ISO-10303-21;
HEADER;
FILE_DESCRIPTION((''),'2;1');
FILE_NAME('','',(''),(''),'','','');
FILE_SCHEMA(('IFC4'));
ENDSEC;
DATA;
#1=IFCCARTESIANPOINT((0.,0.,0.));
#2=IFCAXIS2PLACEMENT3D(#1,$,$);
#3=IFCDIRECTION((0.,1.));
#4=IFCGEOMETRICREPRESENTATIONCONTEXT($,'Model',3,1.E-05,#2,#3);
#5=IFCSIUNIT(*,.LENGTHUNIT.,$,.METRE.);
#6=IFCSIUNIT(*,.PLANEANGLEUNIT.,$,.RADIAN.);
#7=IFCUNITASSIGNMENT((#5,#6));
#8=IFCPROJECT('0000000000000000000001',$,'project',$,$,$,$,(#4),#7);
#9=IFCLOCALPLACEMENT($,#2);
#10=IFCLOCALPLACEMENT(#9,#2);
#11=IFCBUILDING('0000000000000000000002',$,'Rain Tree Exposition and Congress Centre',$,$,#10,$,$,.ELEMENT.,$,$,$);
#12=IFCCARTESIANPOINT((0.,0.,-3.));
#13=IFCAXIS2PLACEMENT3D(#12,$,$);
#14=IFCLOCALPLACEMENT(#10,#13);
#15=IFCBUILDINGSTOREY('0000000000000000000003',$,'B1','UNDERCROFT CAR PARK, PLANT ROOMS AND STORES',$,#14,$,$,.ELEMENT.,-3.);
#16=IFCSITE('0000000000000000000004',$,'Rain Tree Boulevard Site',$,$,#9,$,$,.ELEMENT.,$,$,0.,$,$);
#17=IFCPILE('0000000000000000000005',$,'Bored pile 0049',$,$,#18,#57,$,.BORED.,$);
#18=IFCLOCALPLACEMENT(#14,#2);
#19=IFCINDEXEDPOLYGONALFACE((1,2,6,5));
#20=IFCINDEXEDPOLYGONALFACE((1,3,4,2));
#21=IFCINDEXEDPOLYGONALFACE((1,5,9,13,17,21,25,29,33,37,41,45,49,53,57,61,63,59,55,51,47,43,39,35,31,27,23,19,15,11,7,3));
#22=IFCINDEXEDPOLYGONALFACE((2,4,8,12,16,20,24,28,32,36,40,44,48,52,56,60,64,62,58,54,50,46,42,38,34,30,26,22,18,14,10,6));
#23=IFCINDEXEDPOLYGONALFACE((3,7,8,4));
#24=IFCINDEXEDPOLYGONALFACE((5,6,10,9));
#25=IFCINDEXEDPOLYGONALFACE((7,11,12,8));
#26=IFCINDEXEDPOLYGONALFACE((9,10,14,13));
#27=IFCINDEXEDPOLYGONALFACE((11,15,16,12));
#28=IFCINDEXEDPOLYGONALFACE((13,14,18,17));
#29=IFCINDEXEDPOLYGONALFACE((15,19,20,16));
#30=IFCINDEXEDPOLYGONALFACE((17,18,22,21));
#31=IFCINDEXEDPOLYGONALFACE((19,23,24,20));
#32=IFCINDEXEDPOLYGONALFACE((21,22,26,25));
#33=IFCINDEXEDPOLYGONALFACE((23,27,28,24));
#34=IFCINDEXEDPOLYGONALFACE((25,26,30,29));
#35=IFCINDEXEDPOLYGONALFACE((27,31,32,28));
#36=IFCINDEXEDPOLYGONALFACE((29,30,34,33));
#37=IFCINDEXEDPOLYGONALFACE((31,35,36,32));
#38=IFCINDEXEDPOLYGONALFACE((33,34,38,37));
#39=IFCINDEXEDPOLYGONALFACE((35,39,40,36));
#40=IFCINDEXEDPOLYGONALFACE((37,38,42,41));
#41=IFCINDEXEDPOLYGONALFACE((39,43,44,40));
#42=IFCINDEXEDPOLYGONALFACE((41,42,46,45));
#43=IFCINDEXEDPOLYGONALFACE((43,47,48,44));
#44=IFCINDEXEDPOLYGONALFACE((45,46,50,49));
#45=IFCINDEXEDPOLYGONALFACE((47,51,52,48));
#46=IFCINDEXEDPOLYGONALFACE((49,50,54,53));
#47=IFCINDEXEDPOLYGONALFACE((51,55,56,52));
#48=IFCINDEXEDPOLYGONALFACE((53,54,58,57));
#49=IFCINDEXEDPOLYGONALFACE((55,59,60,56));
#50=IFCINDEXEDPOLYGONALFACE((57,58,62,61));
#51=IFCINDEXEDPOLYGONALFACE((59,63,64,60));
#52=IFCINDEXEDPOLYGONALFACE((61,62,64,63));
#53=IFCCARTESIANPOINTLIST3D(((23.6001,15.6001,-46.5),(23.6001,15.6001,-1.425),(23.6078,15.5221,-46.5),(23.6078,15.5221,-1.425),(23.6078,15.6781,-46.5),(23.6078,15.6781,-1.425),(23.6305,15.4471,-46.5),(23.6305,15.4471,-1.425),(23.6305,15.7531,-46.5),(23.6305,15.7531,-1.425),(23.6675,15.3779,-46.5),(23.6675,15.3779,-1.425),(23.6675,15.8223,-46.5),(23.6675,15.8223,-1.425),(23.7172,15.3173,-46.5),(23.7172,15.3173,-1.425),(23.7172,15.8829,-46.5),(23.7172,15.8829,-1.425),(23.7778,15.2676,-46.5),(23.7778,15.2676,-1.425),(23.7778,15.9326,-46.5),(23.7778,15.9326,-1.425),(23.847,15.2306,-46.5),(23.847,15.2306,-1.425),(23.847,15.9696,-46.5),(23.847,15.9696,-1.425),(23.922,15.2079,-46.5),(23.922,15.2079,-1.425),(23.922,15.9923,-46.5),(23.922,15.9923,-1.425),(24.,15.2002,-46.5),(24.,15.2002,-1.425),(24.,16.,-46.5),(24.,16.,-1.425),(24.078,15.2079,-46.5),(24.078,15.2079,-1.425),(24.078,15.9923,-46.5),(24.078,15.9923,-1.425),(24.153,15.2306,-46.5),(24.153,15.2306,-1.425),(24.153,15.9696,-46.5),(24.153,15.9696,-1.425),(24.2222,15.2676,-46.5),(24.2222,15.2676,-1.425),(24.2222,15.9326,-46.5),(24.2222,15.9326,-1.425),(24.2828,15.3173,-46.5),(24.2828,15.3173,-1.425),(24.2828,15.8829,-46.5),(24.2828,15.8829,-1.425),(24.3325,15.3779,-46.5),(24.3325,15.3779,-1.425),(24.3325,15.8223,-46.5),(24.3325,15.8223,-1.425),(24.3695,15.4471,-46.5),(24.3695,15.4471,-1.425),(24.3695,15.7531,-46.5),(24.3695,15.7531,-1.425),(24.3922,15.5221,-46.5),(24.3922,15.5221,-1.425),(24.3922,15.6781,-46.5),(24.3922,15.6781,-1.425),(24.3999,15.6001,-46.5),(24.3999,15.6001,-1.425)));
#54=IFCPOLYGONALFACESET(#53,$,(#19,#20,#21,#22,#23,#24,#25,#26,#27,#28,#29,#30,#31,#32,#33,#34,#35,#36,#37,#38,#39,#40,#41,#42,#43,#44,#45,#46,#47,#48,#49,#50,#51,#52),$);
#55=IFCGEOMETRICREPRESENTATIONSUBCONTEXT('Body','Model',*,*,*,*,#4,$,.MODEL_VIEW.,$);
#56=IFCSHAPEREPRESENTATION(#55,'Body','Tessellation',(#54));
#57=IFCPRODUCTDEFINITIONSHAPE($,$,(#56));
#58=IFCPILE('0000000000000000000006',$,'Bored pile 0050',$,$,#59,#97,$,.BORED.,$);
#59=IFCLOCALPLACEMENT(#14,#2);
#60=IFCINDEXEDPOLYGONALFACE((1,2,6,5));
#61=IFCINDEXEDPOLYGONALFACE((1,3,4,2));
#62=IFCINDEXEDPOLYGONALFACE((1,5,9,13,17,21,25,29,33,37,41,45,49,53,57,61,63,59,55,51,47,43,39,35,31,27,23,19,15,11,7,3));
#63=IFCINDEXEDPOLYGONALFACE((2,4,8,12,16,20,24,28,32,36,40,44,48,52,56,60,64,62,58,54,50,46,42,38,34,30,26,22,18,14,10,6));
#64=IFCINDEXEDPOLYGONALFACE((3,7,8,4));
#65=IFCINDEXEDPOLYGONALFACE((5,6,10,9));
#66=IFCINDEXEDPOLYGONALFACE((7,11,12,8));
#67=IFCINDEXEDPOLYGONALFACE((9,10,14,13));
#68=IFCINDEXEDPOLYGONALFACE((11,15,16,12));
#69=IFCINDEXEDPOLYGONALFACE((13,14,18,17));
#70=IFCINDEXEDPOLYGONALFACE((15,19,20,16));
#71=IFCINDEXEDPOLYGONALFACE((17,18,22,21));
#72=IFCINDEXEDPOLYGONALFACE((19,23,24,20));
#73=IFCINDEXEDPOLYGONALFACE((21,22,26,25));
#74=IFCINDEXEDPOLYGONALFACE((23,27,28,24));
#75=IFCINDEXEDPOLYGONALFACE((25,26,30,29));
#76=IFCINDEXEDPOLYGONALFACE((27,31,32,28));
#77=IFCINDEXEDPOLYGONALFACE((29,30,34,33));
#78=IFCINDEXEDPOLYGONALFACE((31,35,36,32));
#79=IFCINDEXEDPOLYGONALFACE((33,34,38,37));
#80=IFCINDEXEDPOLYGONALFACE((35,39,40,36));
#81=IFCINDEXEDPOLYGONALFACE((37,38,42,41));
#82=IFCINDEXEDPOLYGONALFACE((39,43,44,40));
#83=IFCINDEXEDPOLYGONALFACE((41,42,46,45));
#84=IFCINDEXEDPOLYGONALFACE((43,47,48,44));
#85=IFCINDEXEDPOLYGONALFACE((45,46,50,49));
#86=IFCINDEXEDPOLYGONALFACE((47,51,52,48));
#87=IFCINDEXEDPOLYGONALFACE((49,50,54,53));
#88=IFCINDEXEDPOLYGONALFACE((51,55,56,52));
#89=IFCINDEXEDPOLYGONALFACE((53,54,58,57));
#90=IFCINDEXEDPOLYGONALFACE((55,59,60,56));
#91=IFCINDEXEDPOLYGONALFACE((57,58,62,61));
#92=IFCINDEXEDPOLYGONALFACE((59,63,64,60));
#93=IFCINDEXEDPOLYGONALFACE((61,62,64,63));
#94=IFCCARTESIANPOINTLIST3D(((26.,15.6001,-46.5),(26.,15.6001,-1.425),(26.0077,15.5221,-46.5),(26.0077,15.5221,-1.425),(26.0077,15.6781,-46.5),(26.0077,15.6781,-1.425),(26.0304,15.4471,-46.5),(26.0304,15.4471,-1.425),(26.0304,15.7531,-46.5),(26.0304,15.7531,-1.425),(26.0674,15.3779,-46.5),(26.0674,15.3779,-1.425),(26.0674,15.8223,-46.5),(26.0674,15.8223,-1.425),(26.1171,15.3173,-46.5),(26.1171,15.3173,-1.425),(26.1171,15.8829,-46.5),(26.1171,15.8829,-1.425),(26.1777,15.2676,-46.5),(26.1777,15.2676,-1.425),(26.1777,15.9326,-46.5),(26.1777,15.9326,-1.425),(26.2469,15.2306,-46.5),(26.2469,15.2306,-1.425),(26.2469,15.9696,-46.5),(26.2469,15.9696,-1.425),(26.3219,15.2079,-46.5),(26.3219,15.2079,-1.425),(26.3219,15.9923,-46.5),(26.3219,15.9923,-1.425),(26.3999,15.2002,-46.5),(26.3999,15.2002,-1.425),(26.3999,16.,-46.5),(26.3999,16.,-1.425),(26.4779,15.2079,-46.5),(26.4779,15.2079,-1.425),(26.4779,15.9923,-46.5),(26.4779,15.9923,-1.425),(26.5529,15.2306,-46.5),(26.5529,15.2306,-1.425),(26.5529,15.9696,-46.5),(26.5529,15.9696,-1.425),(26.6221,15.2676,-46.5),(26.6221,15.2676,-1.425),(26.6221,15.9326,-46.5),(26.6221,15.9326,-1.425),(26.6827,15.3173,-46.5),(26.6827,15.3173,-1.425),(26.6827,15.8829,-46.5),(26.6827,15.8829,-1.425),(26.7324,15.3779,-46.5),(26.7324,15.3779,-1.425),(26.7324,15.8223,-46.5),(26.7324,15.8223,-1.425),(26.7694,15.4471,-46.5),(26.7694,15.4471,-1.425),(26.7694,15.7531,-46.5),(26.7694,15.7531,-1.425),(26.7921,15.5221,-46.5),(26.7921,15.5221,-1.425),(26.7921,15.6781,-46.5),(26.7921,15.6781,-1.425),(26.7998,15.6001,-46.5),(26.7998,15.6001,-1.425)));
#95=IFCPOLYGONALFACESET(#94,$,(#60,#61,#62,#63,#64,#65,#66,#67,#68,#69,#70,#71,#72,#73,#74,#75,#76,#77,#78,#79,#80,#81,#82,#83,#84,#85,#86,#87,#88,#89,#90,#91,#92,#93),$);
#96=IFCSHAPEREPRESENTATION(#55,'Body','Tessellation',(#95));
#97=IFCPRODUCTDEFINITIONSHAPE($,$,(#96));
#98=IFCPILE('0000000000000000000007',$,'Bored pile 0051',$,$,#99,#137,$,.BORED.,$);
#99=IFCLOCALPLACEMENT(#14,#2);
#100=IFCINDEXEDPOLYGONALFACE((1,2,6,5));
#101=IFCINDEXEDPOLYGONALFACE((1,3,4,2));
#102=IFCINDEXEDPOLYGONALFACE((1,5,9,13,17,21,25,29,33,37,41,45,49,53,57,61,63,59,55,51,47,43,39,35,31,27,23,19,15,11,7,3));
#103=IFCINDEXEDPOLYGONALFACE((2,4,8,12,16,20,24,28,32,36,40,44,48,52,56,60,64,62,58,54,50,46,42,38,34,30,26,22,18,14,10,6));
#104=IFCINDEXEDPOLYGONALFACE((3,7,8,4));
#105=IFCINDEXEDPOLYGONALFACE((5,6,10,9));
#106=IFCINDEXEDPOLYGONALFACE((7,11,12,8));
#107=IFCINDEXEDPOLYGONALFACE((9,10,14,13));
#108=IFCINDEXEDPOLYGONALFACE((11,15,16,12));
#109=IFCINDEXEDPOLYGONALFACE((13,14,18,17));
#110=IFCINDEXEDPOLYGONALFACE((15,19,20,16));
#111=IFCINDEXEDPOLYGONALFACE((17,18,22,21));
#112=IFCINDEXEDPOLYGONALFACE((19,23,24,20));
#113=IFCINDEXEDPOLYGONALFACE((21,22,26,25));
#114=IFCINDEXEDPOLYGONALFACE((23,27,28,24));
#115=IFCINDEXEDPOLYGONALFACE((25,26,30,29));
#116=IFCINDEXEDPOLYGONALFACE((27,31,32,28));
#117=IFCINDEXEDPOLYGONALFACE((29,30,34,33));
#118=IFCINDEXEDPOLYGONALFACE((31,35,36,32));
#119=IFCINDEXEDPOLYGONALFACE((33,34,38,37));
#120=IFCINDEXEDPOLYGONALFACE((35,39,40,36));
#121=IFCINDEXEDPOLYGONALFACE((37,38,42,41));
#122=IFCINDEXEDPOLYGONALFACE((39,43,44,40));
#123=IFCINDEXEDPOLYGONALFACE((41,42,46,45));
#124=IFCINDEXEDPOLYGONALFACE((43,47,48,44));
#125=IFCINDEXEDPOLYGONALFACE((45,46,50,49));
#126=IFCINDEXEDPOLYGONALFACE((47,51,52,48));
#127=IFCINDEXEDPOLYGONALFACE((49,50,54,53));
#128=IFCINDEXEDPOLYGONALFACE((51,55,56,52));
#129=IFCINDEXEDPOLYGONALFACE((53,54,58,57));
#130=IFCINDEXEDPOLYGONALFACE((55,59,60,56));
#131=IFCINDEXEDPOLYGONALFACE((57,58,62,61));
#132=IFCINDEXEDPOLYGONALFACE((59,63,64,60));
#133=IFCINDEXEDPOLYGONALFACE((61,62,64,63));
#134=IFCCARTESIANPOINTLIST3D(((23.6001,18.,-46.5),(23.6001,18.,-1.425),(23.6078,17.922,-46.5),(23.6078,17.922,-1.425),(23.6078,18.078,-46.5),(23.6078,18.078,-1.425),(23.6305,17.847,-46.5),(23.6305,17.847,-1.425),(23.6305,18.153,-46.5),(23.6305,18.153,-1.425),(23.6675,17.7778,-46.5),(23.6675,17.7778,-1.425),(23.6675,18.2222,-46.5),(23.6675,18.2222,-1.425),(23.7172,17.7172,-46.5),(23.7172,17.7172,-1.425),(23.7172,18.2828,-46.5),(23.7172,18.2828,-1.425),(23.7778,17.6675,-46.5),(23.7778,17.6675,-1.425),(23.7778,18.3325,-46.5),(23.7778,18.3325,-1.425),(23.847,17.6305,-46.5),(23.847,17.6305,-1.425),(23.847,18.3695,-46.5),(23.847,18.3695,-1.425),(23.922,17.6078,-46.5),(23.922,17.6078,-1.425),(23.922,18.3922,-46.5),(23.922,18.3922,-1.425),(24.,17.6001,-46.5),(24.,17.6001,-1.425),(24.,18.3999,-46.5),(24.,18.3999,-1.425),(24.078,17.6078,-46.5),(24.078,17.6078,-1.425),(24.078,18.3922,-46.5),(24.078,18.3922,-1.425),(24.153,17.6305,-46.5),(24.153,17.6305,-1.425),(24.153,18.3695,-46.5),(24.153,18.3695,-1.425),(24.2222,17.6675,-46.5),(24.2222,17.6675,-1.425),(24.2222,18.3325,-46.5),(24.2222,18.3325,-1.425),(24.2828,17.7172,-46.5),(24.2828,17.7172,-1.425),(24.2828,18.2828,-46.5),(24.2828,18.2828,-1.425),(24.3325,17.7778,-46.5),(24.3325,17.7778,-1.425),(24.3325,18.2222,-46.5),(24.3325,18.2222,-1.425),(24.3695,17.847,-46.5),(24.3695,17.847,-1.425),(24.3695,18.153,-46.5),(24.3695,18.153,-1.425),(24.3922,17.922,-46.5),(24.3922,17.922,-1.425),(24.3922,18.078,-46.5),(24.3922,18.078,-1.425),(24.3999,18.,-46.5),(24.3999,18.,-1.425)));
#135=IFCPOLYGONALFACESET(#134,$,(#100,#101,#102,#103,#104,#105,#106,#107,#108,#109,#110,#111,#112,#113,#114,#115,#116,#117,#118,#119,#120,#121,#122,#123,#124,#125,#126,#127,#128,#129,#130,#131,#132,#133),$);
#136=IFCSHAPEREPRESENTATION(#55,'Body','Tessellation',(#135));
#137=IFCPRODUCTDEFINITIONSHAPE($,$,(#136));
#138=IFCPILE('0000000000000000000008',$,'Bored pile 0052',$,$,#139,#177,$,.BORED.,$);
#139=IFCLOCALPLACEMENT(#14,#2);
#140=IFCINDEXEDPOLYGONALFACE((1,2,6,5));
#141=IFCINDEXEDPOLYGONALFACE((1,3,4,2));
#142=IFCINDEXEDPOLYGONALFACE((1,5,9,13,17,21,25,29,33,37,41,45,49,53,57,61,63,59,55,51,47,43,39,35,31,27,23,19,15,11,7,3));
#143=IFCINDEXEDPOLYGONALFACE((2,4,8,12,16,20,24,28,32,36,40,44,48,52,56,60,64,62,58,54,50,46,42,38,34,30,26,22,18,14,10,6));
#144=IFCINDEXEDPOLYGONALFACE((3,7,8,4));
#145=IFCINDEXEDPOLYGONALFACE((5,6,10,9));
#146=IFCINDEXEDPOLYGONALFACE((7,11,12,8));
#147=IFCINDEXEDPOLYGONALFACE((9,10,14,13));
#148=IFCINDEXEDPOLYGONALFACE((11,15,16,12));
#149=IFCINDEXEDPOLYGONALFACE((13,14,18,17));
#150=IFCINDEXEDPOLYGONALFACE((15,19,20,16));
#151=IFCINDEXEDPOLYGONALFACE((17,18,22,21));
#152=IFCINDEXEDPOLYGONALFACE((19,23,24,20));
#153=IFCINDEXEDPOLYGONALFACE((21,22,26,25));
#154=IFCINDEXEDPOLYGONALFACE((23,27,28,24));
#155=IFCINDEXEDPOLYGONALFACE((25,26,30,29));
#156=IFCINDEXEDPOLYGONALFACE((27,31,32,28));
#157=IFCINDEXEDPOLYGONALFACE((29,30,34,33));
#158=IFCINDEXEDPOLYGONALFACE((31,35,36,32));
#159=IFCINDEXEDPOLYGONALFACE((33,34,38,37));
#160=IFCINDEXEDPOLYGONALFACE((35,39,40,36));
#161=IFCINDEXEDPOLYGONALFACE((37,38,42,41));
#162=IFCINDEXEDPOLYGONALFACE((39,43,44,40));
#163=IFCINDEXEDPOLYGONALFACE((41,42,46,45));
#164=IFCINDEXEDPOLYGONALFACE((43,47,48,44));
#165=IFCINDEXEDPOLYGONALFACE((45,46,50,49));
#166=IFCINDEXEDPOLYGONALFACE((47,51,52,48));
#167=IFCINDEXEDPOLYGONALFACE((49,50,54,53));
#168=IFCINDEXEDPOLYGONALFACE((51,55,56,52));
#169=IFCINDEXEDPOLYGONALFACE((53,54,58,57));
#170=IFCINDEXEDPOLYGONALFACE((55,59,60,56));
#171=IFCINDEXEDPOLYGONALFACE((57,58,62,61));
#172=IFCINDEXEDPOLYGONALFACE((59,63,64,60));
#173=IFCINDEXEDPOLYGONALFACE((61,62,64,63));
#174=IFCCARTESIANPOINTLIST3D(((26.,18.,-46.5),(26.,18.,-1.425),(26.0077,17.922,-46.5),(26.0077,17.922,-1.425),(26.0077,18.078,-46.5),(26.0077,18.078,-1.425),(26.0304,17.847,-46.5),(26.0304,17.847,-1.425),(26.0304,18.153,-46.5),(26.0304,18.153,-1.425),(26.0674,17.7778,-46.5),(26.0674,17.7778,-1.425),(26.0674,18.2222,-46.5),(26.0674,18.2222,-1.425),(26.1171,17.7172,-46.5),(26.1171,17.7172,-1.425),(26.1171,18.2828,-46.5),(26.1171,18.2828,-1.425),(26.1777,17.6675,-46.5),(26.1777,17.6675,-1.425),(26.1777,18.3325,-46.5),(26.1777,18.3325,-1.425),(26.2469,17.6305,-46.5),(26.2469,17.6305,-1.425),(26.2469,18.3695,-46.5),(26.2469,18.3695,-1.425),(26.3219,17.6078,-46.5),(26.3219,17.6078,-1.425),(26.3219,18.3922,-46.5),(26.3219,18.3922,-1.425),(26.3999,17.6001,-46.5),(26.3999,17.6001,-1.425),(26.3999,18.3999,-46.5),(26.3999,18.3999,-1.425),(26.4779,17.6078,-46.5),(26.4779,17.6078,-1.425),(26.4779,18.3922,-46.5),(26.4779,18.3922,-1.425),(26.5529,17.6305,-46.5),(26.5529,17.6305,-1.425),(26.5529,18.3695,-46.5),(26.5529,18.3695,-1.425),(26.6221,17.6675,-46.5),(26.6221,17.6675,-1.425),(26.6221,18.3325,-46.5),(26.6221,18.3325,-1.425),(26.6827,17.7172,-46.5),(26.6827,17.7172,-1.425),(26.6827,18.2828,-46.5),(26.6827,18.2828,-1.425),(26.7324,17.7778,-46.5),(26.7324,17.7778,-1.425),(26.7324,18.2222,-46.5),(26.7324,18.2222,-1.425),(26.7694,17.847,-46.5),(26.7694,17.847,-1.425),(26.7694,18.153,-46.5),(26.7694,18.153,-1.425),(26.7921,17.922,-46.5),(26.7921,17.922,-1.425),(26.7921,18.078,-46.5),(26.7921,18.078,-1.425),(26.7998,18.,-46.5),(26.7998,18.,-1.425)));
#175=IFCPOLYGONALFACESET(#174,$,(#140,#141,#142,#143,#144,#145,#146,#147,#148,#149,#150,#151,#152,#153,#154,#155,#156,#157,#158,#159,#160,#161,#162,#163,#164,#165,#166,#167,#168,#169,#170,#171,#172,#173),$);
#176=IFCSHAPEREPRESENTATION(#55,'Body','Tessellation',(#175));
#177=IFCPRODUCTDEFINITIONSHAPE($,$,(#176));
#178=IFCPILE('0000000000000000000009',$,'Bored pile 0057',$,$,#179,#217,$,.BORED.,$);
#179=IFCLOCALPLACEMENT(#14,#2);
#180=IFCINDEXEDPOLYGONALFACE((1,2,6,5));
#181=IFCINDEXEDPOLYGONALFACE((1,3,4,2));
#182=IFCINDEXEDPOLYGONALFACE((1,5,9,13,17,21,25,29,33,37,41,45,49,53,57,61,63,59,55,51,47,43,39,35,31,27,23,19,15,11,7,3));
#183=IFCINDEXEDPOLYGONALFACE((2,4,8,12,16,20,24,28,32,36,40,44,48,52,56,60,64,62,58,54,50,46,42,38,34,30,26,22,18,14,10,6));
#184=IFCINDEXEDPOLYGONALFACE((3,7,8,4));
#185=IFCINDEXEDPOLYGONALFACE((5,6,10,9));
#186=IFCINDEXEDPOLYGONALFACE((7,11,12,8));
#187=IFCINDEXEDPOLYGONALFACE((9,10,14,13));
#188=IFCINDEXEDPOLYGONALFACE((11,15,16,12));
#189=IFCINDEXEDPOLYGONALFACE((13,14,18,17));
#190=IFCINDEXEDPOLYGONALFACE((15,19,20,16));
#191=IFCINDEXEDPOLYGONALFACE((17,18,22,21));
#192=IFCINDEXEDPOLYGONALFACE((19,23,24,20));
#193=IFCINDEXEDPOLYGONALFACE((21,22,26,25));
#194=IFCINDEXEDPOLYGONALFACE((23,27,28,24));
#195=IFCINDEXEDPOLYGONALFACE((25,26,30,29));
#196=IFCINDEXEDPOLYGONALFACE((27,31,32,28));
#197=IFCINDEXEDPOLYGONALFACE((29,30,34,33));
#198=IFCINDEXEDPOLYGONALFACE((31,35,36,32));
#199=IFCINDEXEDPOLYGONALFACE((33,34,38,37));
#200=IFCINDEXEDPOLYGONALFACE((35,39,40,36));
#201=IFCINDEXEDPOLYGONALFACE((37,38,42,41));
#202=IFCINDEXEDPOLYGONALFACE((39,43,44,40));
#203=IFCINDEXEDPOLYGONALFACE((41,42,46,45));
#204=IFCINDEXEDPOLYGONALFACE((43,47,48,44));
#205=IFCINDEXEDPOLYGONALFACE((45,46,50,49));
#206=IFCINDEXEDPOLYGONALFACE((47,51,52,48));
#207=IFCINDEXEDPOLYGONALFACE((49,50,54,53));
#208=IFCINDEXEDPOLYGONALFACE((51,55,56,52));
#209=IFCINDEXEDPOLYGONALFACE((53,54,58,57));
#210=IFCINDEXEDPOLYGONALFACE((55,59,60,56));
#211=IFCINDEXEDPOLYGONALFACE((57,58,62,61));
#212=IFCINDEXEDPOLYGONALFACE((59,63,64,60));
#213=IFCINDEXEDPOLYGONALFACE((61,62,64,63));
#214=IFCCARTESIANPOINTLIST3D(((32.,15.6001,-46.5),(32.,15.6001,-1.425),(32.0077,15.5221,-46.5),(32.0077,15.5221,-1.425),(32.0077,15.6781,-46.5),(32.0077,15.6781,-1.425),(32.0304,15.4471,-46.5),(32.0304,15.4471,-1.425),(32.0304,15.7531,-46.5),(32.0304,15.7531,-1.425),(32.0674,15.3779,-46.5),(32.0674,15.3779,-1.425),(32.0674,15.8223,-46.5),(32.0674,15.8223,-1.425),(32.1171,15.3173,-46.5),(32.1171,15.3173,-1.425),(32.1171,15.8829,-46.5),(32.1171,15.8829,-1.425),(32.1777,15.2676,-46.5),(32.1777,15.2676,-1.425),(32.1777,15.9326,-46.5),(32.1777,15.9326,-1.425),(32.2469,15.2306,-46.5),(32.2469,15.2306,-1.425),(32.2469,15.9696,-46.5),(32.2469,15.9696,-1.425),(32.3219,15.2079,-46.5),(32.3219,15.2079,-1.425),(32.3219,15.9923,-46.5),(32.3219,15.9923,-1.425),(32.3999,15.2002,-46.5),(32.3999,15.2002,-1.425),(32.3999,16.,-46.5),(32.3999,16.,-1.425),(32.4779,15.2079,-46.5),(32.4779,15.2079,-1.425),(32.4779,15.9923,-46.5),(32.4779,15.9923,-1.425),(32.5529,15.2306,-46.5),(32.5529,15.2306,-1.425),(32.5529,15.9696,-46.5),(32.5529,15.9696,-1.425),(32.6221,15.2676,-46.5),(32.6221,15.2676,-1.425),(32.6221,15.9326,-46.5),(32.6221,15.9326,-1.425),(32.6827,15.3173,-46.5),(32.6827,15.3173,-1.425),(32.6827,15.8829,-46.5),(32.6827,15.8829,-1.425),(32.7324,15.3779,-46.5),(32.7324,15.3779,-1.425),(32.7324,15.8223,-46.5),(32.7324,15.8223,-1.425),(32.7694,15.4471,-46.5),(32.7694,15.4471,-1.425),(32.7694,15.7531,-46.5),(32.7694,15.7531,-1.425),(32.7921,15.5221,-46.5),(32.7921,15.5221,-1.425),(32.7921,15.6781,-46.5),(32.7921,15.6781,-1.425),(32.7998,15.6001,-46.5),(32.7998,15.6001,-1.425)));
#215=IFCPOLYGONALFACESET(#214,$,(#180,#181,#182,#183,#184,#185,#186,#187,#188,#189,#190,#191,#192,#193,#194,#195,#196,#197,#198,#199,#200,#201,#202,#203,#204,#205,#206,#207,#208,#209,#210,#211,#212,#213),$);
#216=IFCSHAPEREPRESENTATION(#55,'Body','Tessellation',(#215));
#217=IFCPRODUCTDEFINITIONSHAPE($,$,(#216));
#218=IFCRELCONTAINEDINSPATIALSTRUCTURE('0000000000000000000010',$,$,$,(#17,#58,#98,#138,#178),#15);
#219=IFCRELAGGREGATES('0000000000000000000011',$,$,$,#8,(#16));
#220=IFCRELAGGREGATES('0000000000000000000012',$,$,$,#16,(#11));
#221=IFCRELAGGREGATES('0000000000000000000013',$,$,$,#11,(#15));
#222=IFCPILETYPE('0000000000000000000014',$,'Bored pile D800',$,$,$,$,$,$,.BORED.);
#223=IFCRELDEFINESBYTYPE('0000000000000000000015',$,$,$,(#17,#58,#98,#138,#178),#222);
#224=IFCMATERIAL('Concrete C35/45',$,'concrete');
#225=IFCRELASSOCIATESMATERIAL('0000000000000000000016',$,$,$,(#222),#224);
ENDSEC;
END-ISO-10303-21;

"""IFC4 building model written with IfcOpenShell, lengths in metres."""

from ifc_helpers import new_model, si_unit, direction, frame, origin, origin_2d, place, context, subcontext, project, spatial, circle, extrude, material, material_profile, profile_set, type_object, element, save


model = new_model("IFC4")

# Units and contexts
model_context = context("Model", 3, precision=1e-05, world=origin(), true_north=direction((0.0, 1.0)))
body_context = subcontext(model_context, "Body", "Model", "MODEL_VIEW")
ifc_project = project(units=[si_unit("LENGTHUNIT", "METRE"), si_unit("PLANEANGLEUNIT", "RADIAN")], contexts=[model_context])

# Site, building, storey
site_placement = place(None, origin())
site = spatial("IfcSite", under=ifc_project, at=site_placement, Name="Rain Tree Boulevard Site", CompositionType="ELEMENT", RefElevation=0.0)
building_placement = place(site_placement, origin())
building = spatial("IfcBuilding", under=site, at=building_placement, Name="Rain Tree Exposition and Congress Centre", CompositionType="ELEMENT")
storey_placement = place(building_placement, frame((0.0, 0.0, -3.0)))
storey = spatial("IfcBuildingStorey", under=building, at=storey_placement, Name="B1", Description="UNDERCROFT CAR PARK, PLANT ROOMS AND STORES", CompositionType="ELEMENT", Elevation=-3.0)

# Piles
ifc_material_1 = material(Name="Concrete C35/45", Category="concrete")
ifc_material_profile_1 = material_profile(ifc_material_1, circle(Radius=0.3999, at=origin_2d()), Name="D800")
ifc_profile_set_1 = profile_set([ifc_material_profile_1], Name="Concrete C35/45")
pile_type = type_object("IfcPileType", Name="Bored pile D800", PredefinedType="BORED", material=ifc_profile_set_1)
for number, where, z_axis, x_axis, name in (
    (1, (24.0, 15.6001, -1.425), (0.0, 0.0, -1.0), (1.0, 0.0, 0.0), "Bored pile 0049"),
    (2, (26.3999, 15.6001, -1.425), (0.0, 0.0, -1.0), (1.0, 0.0, 0.0), "Bored pile 0050"),
    (3, (24.0, 18.0, -1.425), (0.0, 0.0, -1.0), (1.0, 0.0, 0.0), "Bored pile 0051"),
    (4, (26.3999, 18.0, -1.425), (0.0, 0.0, -1.0), (1.0, 0.0, 0.0), "Bored pile 0052"),
    (5, (32.3999, 15.6001, -1.425), (0.0, 0.0, -1.0), (1.0, 0.0, 0.0), "Bored pile 0057"),
):
    element("IfcPile", number, at=place(storey_placement, frame(where, z_axis=z_axis, x_axis=x_axis)), inside=storey, type_object=pile_type, Name=name, PredefinedType="BORED", context=body_context, shape_type="SweptSolid", body=[
        extrude(circle(Radius=0.3999, at=origin_2d()), origin(), (0.0, 0.0, 1.0), 45.075),
    ])

save(model, "model.ifc")
